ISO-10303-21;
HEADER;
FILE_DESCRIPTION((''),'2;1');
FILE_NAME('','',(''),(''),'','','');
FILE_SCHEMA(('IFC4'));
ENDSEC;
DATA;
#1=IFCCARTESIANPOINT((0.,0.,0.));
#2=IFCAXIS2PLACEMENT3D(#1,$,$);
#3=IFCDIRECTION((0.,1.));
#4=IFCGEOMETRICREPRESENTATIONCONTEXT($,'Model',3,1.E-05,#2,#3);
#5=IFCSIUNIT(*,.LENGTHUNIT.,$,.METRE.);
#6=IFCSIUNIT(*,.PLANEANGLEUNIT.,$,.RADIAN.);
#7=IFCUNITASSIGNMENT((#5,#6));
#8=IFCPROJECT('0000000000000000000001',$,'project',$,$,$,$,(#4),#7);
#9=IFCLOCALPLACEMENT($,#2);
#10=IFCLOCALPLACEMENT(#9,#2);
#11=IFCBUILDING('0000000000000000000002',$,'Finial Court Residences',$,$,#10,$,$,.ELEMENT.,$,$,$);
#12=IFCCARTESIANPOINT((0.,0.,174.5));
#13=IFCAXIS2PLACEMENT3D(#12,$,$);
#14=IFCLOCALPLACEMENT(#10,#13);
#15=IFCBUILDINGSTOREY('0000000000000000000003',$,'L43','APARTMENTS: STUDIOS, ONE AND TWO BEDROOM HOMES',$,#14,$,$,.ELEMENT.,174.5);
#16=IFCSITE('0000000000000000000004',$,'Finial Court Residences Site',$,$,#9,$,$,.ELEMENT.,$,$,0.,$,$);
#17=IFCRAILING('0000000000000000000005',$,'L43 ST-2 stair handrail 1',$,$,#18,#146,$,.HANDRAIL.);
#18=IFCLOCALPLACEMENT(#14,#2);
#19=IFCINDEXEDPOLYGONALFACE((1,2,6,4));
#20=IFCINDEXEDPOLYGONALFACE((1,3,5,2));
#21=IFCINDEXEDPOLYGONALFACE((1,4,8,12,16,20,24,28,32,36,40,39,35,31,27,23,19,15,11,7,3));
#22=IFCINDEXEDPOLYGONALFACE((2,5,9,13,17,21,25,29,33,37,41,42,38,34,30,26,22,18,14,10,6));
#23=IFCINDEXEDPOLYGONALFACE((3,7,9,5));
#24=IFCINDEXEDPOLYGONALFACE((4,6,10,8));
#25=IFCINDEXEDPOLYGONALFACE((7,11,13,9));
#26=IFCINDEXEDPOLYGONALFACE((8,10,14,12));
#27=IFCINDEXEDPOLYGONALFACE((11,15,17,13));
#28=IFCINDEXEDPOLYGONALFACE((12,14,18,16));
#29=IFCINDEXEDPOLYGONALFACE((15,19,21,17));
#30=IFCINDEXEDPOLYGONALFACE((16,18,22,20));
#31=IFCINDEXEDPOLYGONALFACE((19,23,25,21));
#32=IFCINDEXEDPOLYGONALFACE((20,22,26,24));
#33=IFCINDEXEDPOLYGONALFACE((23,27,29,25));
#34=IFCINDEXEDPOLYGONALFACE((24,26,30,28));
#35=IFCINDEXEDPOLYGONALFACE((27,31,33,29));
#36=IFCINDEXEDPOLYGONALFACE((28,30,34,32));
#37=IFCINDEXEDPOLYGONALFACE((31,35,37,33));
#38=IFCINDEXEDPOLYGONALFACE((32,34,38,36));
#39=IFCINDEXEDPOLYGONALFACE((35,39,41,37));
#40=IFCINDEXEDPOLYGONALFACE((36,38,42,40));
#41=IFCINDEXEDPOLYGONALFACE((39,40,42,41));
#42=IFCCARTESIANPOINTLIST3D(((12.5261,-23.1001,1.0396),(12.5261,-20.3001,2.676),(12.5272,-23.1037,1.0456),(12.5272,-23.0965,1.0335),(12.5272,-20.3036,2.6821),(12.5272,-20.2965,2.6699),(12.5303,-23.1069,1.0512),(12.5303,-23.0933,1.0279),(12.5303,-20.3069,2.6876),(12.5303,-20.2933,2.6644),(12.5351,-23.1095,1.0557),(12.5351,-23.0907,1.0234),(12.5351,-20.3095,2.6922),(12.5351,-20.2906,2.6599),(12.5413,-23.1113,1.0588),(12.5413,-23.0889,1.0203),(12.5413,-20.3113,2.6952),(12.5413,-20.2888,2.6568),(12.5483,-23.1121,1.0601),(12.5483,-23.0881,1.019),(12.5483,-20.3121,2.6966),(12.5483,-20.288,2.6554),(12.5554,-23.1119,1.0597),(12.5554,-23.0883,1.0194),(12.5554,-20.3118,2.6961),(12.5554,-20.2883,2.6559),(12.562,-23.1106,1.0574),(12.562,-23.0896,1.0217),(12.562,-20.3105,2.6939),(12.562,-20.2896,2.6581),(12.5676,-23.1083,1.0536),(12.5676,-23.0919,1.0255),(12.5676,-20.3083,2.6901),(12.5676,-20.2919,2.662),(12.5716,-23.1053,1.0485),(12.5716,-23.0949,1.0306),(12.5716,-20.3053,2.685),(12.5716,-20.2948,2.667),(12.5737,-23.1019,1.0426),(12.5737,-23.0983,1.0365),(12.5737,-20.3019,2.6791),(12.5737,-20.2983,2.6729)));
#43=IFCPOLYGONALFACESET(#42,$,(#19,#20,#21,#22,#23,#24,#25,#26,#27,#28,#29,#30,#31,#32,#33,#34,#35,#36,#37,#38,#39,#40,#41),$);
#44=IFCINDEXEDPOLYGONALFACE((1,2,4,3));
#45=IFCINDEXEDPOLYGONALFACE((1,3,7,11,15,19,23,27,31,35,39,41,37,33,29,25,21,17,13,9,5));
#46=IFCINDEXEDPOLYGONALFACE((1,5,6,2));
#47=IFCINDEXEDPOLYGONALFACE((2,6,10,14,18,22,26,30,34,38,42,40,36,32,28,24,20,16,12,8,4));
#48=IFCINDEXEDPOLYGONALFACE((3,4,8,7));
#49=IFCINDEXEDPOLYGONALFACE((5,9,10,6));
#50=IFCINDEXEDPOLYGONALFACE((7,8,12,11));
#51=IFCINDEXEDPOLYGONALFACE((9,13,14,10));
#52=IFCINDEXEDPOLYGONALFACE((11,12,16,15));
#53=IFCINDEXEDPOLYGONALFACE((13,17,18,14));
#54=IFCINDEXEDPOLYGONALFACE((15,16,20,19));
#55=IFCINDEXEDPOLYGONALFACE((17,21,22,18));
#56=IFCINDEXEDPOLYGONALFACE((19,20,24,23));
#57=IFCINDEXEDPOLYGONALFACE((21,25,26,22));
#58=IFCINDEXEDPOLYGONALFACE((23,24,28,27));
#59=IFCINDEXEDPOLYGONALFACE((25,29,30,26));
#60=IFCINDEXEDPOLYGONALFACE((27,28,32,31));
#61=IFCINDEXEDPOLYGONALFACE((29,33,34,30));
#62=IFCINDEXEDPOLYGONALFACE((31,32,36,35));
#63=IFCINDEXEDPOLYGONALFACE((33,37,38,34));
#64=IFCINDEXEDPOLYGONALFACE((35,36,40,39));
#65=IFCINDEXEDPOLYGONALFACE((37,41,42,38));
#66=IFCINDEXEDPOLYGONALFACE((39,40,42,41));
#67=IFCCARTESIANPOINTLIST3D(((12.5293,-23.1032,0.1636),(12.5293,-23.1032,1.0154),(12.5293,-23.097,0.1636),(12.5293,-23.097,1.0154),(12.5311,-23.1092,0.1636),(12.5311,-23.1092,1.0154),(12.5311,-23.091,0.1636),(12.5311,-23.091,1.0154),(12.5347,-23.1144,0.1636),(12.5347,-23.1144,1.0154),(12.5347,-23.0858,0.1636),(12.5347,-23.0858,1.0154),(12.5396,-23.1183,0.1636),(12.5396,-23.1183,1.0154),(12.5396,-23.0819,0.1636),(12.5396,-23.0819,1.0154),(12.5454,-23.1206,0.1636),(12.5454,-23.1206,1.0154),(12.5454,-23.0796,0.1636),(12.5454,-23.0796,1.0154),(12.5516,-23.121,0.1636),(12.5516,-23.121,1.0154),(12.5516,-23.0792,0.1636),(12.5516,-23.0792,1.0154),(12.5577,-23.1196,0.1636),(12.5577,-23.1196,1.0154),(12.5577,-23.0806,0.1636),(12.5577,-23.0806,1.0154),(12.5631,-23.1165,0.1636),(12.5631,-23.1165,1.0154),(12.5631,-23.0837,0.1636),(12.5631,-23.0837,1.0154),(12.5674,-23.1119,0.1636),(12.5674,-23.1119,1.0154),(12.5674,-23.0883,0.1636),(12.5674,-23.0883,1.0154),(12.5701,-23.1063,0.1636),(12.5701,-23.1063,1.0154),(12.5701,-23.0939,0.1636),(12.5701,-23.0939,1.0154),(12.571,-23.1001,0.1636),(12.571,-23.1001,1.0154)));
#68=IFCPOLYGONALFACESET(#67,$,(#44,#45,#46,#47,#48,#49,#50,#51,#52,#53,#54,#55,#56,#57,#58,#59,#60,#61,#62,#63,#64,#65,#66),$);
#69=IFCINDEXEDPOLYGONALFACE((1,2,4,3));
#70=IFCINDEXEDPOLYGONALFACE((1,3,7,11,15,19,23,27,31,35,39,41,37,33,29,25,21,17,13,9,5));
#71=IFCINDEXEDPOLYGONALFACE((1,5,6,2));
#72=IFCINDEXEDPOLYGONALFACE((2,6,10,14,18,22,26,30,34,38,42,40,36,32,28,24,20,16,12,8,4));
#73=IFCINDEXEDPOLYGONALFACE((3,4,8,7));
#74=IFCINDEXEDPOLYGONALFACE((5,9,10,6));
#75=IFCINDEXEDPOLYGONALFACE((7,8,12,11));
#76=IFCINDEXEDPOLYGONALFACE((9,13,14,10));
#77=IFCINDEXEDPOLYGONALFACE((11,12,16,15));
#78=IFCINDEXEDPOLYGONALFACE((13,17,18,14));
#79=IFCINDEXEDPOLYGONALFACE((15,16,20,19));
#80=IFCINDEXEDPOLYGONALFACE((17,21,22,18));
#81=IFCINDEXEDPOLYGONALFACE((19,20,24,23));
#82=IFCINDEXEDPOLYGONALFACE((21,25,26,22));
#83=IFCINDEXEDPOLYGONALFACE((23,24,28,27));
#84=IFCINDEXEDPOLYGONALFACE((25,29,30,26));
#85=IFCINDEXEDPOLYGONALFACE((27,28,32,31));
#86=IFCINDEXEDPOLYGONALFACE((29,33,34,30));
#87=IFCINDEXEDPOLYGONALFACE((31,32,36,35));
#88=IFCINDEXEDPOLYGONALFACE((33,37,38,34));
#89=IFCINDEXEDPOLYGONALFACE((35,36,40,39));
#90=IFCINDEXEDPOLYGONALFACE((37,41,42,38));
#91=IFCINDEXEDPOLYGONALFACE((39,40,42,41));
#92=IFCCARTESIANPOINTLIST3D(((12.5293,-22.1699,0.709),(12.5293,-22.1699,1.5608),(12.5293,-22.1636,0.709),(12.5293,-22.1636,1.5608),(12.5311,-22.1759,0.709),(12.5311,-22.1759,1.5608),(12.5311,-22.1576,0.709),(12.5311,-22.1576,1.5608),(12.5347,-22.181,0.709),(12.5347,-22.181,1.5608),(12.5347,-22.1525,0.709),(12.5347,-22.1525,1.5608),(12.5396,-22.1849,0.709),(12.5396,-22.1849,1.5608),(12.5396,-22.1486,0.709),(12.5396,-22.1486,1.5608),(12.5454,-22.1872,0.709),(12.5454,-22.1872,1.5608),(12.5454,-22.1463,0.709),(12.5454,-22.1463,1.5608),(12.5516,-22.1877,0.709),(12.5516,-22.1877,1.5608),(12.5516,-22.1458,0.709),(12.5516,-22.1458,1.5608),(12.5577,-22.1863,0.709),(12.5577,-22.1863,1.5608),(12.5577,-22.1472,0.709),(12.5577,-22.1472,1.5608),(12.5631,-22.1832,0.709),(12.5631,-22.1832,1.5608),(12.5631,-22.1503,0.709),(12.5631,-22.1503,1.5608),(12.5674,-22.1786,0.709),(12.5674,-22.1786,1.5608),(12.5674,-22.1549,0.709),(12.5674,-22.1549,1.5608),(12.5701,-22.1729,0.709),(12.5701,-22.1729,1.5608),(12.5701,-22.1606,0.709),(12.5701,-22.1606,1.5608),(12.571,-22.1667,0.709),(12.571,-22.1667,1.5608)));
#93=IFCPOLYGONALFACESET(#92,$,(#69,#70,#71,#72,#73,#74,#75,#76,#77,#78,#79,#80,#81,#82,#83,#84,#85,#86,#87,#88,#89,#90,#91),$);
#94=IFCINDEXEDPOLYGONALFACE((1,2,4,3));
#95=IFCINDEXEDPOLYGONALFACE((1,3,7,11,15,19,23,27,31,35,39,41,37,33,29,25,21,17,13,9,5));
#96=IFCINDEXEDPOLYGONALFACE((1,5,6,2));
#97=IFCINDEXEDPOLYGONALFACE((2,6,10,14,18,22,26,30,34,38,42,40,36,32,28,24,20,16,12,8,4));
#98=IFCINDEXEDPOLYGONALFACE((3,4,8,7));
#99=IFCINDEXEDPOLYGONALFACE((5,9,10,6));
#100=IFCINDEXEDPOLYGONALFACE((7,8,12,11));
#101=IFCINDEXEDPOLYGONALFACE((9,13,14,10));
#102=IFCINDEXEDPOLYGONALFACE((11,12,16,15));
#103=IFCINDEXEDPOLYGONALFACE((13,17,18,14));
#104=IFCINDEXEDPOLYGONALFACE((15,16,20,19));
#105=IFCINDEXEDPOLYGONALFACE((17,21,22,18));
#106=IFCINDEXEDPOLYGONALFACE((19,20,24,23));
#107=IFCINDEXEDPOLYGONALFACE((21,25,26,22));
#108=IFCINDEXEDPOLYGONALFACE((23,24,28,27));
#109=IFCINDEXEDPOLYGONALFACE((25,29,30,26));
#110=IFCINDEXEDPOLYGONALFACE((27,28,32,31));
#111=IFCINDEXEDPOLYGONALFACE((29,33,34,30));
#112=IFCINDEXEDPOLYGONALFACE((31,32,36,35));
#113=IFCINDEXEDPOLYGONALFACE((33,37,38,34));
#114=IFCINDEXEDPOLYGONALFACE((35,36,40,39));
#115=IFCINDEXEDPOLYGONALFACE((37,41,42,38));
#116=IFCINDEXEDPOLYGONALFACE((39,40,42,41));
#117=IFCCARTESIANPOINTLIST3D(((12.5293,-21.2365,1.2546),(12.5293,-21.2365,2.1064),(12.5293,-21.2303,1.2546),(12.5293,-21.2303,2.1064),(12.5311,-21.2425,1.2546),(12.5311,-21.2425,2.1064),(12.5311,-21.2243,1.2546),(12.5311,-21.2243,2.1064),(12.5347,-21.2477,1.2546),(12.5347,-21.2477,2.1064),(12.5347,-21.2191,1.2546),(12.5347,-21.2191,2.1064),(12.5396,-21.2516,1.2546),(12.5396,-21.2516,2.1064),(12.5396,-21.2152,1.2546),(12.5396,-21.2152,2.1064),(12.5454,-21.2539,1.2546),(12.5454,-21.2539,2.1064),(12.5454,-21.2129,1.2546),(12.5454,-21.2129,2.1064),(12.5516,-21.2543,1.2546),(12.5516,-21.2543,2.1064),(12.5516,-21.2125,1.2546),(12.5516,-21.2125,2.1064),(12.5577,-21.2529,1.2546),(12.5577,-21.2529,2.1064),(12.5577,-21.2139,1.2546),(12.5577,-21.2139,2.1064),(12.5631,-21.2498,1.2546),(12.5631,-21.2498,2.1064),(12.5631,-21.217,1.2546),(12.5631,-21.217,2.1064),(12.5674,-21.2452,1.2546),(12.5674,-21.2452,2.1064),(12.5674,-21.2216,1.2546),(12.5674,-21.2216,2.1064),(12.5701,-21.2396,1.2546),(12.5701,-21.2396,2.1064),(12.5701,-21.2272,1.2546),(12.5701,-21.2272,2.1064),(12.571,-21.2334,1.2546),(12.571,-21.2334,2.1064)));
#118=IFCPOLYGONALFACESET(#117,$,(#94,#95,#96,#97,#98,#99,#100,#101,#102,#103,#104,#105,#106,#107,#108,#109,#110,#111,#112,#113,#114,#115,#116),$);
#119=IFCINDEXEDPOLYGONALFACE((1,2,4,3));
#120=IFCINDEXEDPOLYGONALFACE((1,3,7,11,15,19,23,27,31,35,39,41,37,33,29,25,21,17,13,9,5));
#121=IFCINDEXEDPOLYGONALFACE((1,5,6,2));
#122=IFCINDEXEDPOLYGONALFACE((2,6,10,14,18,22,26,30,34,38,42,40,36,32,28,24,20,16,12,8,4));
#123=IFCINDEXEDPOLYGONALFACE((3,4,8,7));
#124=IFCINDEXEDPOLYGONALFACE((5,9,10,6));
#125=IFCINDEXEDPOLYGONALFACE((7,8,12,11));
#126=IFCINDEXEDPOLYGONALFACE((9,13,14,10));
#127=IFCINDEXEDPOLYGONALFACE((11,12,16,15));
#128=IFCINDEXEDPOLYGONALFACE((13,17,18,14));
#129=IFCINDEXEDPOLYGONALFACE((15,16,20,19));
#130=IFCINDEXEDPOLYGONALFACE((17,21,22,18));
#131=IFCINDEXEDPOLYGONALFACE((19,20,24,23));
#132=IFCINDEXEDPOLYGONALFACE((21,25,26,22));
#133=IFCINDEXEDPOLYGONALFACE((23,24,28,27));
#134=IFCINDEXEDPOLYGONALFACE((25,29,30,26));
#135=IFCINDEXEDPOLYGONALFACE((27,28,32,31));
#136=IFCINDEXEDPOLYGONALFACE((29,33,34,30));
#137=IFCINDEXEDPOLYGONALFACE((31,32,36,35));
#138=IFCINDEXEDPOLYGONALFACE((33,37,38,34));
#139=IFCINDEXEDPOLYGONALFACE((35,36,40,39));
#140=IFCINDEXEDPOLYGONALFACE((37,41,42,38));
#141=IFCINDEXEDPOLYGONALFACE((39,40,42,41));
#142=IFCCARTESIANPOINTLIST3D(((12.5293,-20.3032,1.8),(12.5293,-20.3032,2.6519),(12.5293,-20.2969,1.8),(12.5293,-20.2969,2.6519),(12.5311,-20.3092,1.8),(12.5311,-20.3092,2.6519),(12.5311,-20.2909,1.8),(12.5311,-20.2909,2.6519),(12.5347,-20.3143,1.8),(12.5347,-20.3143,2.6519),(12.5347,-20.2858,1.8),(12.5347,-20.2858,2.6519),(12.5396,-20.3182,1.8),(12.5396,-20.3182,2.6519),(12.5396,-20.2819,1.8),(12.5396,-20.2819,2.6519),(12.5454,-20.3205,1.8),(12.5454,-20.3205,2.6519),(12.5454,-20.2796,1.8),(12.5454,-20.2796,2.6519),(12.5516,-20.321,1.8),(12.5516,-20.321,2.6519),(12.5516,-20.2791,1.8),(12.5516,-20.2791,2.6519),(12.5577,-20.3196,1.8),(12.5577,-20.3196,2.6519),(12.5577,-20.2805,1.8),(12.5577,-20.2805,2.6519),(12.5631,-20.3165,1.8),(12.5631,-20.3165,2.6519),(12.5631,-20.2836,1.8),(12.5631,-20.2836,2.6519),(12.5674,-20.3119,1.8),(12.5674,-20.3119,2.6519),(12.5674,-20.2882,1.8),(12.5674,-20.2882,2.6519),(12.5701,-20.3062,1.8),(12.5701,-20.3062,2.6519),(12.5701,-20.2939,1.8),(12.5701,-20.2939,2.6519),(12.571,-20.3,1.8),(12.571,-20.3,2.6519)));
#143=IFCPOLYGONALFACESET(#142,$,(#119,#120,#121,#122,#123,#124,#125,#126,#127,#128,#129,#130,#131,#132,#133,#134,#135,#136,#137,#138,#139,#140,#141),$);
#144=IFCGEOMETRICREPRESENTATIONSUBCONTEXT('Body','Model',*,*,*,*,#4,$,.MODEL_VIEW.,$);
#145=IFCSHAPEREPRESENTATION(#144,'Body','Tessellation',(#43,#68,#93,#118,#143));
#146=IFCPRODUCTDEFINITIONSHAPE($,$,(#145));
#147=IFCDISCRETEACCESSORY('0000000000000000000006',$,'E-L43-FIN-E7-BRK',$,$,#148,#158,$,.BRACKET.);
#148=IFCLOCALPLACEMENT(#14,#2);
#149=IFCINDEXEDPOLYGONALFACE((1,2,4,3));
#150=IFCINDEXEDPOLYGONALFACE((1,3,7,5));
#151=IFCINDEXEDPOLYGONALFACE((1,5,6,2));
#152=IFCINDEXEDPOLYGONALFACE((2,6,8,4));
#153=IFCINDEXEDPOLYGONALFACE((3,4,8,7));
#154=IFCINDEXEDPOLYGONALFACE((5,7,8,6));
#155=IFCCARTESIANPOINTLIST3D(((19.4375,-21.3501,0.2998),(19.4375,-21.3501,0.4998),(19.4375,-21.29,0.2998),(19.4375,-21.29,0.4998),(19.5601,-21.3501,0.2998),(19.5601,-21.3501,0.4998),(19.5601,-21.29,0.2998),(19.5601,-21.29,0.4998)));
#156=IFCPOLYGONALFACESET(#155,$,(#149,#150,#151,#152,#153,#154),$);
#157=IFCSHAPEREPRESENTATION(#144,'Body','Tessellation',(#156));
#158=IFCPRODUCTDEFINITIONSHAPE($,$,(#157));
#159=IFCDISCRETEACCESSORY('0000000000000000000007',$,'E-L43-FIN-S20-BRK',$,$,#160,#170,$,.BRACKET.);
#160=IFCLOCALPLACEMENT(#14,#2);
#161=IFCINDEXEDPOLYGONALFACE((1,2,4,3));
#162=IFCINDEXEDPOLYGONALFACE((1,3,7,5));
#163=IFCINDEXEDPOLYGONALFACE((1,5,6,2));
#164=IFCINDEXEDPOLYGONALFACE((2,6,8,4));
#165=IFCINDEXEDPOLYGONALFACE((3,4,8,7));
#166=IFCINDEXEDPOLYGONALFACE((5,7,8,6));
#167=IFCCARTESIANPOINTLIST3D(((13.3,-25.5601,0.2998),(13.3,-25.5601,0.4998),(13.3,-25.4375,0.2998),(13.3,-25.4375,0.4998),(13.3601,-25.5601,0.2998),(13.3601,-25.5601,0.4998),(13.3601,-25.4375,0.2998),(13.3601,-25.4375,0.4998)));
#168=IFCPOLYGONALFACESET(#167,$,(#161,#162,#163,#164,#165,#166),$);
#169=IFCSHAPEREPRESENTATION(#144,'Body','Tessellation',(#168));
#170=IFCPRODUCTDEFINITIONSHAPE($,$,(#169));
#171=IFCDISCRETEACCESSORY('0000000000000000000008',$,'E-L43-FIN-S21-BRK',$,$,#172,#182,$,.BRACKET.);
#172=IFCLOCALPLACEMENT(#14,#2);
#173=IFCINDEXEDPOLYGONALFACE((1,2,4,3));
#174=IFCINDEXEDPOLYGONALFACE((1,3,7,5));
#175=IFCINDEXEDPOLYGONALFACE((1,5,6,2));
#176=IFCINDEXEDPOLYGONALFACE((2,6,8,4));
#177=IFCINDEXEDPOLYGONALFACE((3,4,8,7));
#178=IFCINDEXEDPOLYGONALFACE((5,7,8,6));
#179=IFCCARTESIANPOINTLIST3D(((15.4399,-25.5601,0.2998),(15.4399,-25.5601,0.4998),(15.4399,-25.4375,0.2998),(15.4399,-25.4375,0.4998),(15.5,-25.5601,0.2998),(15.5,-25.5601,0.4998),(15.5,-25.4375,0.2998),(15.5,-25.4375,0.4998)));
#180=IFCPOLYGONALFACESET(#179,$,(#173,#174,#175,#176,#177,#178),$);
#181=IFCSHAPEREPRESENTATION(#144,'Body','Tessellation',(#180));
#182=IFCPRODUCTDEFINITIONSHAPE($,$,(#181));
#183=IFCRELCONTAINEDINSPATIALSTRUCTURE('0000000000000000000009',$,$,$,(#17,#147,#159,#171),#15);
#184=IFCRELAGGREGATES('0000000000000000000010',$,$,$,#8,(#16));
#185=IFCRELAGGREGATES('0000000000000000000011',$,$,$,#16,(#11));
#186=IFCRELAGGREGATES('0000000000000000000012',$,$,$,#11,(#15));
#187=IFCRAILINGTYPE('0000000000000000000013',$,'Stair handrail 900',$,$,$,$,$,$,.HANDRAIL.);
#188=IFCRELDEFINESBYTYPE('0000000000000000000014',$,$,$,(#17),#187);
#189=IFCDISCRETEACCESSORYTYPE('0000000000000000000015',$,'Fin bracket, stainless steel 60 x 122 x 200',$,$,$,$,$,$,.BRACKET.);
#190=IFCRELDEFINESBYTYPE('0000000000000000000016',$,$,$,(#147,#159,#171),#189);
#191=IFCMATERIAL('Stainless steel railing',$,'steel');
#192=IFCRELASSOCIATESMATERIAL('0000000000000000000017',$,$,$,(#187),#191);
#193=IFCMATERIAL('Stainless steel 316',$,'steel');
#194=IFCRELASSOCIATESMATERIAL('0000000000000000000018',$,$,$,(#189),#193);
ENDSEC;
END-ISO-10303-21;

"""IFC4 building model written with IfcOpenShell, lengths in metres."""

from ifc_helpers import new_model, si_unit, direction, frame, origin, origin_2d, place, context, subcontext, project, spatial, rectangle, circle, extrude, material, type_object, element, save


model = new_model("IFC4")

# Units and contexts
model_context = context("Model", 3, precision=1e-05, world=origin(), true_north=direction((0.0, 1.0)))
body_context = subcontext(model_context, "Body", "Model", "MODEL_VIEW")
ifc_project = project(units=[si_unit("LENGTHUNIT", "METRE"), si_unit("PLANEANGLEUNIT", "RADIAN")], contexts=[model_context])

# Site, building, storey
site_placement = place(None, origin())
site = spatial("IfcSite", under=ifc_project, at=site_placement, Name="Finial Court Residences Site", CompositionType="ELEMENT", RefElevation=0.0)
building_placement = place(site_placement, origin())
building = spatial("IfcBuilding", under=site, at=building_placement, Name="Finial Court Residences", CompositionType="ELEMENT")
storey_placement = place(building_placement, frame((0.0, 0.0, 174.5)))
storey = spatial("IfcBuildingStorey", under=building, at=storey_placement, Name="L43", Description="APARTMENTS: STUDIOS, ONE AND TWO BEDROOM HOMES", CompositionType="ELEMENT", Elevation=174.5)

# Railing
ifc_material_1 = material(Name="Stainless steel railing", Category="steel")
railing_type = type_object("IfcRailingType", Name="Stair handrail 900", PredefinedType="HANDRAIL", material=ifc_material_1)
railing_placement = place(storey_placement, frame((12.55, -23.1001, 0.1636)))
element("IfcRailing", 1, at=railing_placement, inside=storey, type_object=railing_type, Name="L43 ST-2 stair handrail 1", PredefinedType="HANDRAIL", context=body_context, shape_type="SweptSolid", body=[
    extrude(circle(Radius=0.0239, at=origin_2d()), frame((0.0, 0.0, 0.876), z_axis=(0.0, 0.863361, 0.504587), x_axis=(-1.0, 0.0, 0.0)), (0.0, 0.0, 1.0), 3.2432),
    extrude(circle(Radius=0.021, at=origin_2d()), origin(), (0.0, 0.0, 1.0), 0.8518),
    extrude(circle(Radius=0.021, at=origin_2d()), frame((0.0, 0.9333, 0.5454)), (0.0, 0.0, 1.0), 0.8518),
    extrude(circle(Radius=0.021, at=origin_2d()), frame((0.0, 1.8667, 1.0911)), (0.0, 0.0, 1.0), 0.8518),
    extrude(circle(Radius=0.021, at=origin_2d()), frame((0.0, 2.8, 1.6365)), (0.0, 0.0, 1.0), 0.8518),
])

# Discrete accessories
ifc_material_2 = material(Name="Stainless steel 316", Category="steel")
discrete_accessory_type = type_object("IfcDiscreteAccessoryType", Name="Fin bracket, stainless steel 60 x 122 x 200", PredefinedType="BRACKET", material=ifc_material_2)
discrete_accessory_placement = place(storey_placement, frame((19.4988, -21.3201, 0.2998), z_axis=(0.0, 0.0, 1.0), x_axis=(1.0, 0.0, 0.0)))
element("IfcDiscreteAccessory", 2, at=discrete_accessory_placement, inside=storey, type_object=discrete_accessory_type, Name="E-L43-FIN-E7-BRK", PredefinedType="BRACKET", context=body_context, shape_type="SweptSolid", body=[
    extrude(rectangle(XDim=0.1226, YDim=0.0601, at=origin_2d()), origin(), (0.0, 0.0, 1.0), 0.2),
])
for number, where, z_axis, x_axis, name in (
    (3, (13.3301, -25.4988, 0.2998), (0.0, 0.0, 1.0), (1.0, 0.0, 0.0), "E-L43-FIN-S20-BRK"),
    (4, (15.47, -25.4988, 0.2998), (0.0, 0.0, 1.0), (1.0, 0.0, 0.0), "E-L43-FIN-S21-BRK"),
):
    element("IfcDiscreteAccessory", number, at=place(storey_placement, frame(where, z_axis=z_axis, x_axis=x_axis)), inside=storey, type_object=discrete_accessory_type, Name=name, PredefinedType="BRACKET", context=body_context, shape_type="SweptSolid", body=[
        extrude(rectangle(XDim=0.0601, YDim=0.1226, at=origin_2d()), origin(), (0.0, 0.0, 1.0), 0.2),
    ])

save(model, "model.ifc")
